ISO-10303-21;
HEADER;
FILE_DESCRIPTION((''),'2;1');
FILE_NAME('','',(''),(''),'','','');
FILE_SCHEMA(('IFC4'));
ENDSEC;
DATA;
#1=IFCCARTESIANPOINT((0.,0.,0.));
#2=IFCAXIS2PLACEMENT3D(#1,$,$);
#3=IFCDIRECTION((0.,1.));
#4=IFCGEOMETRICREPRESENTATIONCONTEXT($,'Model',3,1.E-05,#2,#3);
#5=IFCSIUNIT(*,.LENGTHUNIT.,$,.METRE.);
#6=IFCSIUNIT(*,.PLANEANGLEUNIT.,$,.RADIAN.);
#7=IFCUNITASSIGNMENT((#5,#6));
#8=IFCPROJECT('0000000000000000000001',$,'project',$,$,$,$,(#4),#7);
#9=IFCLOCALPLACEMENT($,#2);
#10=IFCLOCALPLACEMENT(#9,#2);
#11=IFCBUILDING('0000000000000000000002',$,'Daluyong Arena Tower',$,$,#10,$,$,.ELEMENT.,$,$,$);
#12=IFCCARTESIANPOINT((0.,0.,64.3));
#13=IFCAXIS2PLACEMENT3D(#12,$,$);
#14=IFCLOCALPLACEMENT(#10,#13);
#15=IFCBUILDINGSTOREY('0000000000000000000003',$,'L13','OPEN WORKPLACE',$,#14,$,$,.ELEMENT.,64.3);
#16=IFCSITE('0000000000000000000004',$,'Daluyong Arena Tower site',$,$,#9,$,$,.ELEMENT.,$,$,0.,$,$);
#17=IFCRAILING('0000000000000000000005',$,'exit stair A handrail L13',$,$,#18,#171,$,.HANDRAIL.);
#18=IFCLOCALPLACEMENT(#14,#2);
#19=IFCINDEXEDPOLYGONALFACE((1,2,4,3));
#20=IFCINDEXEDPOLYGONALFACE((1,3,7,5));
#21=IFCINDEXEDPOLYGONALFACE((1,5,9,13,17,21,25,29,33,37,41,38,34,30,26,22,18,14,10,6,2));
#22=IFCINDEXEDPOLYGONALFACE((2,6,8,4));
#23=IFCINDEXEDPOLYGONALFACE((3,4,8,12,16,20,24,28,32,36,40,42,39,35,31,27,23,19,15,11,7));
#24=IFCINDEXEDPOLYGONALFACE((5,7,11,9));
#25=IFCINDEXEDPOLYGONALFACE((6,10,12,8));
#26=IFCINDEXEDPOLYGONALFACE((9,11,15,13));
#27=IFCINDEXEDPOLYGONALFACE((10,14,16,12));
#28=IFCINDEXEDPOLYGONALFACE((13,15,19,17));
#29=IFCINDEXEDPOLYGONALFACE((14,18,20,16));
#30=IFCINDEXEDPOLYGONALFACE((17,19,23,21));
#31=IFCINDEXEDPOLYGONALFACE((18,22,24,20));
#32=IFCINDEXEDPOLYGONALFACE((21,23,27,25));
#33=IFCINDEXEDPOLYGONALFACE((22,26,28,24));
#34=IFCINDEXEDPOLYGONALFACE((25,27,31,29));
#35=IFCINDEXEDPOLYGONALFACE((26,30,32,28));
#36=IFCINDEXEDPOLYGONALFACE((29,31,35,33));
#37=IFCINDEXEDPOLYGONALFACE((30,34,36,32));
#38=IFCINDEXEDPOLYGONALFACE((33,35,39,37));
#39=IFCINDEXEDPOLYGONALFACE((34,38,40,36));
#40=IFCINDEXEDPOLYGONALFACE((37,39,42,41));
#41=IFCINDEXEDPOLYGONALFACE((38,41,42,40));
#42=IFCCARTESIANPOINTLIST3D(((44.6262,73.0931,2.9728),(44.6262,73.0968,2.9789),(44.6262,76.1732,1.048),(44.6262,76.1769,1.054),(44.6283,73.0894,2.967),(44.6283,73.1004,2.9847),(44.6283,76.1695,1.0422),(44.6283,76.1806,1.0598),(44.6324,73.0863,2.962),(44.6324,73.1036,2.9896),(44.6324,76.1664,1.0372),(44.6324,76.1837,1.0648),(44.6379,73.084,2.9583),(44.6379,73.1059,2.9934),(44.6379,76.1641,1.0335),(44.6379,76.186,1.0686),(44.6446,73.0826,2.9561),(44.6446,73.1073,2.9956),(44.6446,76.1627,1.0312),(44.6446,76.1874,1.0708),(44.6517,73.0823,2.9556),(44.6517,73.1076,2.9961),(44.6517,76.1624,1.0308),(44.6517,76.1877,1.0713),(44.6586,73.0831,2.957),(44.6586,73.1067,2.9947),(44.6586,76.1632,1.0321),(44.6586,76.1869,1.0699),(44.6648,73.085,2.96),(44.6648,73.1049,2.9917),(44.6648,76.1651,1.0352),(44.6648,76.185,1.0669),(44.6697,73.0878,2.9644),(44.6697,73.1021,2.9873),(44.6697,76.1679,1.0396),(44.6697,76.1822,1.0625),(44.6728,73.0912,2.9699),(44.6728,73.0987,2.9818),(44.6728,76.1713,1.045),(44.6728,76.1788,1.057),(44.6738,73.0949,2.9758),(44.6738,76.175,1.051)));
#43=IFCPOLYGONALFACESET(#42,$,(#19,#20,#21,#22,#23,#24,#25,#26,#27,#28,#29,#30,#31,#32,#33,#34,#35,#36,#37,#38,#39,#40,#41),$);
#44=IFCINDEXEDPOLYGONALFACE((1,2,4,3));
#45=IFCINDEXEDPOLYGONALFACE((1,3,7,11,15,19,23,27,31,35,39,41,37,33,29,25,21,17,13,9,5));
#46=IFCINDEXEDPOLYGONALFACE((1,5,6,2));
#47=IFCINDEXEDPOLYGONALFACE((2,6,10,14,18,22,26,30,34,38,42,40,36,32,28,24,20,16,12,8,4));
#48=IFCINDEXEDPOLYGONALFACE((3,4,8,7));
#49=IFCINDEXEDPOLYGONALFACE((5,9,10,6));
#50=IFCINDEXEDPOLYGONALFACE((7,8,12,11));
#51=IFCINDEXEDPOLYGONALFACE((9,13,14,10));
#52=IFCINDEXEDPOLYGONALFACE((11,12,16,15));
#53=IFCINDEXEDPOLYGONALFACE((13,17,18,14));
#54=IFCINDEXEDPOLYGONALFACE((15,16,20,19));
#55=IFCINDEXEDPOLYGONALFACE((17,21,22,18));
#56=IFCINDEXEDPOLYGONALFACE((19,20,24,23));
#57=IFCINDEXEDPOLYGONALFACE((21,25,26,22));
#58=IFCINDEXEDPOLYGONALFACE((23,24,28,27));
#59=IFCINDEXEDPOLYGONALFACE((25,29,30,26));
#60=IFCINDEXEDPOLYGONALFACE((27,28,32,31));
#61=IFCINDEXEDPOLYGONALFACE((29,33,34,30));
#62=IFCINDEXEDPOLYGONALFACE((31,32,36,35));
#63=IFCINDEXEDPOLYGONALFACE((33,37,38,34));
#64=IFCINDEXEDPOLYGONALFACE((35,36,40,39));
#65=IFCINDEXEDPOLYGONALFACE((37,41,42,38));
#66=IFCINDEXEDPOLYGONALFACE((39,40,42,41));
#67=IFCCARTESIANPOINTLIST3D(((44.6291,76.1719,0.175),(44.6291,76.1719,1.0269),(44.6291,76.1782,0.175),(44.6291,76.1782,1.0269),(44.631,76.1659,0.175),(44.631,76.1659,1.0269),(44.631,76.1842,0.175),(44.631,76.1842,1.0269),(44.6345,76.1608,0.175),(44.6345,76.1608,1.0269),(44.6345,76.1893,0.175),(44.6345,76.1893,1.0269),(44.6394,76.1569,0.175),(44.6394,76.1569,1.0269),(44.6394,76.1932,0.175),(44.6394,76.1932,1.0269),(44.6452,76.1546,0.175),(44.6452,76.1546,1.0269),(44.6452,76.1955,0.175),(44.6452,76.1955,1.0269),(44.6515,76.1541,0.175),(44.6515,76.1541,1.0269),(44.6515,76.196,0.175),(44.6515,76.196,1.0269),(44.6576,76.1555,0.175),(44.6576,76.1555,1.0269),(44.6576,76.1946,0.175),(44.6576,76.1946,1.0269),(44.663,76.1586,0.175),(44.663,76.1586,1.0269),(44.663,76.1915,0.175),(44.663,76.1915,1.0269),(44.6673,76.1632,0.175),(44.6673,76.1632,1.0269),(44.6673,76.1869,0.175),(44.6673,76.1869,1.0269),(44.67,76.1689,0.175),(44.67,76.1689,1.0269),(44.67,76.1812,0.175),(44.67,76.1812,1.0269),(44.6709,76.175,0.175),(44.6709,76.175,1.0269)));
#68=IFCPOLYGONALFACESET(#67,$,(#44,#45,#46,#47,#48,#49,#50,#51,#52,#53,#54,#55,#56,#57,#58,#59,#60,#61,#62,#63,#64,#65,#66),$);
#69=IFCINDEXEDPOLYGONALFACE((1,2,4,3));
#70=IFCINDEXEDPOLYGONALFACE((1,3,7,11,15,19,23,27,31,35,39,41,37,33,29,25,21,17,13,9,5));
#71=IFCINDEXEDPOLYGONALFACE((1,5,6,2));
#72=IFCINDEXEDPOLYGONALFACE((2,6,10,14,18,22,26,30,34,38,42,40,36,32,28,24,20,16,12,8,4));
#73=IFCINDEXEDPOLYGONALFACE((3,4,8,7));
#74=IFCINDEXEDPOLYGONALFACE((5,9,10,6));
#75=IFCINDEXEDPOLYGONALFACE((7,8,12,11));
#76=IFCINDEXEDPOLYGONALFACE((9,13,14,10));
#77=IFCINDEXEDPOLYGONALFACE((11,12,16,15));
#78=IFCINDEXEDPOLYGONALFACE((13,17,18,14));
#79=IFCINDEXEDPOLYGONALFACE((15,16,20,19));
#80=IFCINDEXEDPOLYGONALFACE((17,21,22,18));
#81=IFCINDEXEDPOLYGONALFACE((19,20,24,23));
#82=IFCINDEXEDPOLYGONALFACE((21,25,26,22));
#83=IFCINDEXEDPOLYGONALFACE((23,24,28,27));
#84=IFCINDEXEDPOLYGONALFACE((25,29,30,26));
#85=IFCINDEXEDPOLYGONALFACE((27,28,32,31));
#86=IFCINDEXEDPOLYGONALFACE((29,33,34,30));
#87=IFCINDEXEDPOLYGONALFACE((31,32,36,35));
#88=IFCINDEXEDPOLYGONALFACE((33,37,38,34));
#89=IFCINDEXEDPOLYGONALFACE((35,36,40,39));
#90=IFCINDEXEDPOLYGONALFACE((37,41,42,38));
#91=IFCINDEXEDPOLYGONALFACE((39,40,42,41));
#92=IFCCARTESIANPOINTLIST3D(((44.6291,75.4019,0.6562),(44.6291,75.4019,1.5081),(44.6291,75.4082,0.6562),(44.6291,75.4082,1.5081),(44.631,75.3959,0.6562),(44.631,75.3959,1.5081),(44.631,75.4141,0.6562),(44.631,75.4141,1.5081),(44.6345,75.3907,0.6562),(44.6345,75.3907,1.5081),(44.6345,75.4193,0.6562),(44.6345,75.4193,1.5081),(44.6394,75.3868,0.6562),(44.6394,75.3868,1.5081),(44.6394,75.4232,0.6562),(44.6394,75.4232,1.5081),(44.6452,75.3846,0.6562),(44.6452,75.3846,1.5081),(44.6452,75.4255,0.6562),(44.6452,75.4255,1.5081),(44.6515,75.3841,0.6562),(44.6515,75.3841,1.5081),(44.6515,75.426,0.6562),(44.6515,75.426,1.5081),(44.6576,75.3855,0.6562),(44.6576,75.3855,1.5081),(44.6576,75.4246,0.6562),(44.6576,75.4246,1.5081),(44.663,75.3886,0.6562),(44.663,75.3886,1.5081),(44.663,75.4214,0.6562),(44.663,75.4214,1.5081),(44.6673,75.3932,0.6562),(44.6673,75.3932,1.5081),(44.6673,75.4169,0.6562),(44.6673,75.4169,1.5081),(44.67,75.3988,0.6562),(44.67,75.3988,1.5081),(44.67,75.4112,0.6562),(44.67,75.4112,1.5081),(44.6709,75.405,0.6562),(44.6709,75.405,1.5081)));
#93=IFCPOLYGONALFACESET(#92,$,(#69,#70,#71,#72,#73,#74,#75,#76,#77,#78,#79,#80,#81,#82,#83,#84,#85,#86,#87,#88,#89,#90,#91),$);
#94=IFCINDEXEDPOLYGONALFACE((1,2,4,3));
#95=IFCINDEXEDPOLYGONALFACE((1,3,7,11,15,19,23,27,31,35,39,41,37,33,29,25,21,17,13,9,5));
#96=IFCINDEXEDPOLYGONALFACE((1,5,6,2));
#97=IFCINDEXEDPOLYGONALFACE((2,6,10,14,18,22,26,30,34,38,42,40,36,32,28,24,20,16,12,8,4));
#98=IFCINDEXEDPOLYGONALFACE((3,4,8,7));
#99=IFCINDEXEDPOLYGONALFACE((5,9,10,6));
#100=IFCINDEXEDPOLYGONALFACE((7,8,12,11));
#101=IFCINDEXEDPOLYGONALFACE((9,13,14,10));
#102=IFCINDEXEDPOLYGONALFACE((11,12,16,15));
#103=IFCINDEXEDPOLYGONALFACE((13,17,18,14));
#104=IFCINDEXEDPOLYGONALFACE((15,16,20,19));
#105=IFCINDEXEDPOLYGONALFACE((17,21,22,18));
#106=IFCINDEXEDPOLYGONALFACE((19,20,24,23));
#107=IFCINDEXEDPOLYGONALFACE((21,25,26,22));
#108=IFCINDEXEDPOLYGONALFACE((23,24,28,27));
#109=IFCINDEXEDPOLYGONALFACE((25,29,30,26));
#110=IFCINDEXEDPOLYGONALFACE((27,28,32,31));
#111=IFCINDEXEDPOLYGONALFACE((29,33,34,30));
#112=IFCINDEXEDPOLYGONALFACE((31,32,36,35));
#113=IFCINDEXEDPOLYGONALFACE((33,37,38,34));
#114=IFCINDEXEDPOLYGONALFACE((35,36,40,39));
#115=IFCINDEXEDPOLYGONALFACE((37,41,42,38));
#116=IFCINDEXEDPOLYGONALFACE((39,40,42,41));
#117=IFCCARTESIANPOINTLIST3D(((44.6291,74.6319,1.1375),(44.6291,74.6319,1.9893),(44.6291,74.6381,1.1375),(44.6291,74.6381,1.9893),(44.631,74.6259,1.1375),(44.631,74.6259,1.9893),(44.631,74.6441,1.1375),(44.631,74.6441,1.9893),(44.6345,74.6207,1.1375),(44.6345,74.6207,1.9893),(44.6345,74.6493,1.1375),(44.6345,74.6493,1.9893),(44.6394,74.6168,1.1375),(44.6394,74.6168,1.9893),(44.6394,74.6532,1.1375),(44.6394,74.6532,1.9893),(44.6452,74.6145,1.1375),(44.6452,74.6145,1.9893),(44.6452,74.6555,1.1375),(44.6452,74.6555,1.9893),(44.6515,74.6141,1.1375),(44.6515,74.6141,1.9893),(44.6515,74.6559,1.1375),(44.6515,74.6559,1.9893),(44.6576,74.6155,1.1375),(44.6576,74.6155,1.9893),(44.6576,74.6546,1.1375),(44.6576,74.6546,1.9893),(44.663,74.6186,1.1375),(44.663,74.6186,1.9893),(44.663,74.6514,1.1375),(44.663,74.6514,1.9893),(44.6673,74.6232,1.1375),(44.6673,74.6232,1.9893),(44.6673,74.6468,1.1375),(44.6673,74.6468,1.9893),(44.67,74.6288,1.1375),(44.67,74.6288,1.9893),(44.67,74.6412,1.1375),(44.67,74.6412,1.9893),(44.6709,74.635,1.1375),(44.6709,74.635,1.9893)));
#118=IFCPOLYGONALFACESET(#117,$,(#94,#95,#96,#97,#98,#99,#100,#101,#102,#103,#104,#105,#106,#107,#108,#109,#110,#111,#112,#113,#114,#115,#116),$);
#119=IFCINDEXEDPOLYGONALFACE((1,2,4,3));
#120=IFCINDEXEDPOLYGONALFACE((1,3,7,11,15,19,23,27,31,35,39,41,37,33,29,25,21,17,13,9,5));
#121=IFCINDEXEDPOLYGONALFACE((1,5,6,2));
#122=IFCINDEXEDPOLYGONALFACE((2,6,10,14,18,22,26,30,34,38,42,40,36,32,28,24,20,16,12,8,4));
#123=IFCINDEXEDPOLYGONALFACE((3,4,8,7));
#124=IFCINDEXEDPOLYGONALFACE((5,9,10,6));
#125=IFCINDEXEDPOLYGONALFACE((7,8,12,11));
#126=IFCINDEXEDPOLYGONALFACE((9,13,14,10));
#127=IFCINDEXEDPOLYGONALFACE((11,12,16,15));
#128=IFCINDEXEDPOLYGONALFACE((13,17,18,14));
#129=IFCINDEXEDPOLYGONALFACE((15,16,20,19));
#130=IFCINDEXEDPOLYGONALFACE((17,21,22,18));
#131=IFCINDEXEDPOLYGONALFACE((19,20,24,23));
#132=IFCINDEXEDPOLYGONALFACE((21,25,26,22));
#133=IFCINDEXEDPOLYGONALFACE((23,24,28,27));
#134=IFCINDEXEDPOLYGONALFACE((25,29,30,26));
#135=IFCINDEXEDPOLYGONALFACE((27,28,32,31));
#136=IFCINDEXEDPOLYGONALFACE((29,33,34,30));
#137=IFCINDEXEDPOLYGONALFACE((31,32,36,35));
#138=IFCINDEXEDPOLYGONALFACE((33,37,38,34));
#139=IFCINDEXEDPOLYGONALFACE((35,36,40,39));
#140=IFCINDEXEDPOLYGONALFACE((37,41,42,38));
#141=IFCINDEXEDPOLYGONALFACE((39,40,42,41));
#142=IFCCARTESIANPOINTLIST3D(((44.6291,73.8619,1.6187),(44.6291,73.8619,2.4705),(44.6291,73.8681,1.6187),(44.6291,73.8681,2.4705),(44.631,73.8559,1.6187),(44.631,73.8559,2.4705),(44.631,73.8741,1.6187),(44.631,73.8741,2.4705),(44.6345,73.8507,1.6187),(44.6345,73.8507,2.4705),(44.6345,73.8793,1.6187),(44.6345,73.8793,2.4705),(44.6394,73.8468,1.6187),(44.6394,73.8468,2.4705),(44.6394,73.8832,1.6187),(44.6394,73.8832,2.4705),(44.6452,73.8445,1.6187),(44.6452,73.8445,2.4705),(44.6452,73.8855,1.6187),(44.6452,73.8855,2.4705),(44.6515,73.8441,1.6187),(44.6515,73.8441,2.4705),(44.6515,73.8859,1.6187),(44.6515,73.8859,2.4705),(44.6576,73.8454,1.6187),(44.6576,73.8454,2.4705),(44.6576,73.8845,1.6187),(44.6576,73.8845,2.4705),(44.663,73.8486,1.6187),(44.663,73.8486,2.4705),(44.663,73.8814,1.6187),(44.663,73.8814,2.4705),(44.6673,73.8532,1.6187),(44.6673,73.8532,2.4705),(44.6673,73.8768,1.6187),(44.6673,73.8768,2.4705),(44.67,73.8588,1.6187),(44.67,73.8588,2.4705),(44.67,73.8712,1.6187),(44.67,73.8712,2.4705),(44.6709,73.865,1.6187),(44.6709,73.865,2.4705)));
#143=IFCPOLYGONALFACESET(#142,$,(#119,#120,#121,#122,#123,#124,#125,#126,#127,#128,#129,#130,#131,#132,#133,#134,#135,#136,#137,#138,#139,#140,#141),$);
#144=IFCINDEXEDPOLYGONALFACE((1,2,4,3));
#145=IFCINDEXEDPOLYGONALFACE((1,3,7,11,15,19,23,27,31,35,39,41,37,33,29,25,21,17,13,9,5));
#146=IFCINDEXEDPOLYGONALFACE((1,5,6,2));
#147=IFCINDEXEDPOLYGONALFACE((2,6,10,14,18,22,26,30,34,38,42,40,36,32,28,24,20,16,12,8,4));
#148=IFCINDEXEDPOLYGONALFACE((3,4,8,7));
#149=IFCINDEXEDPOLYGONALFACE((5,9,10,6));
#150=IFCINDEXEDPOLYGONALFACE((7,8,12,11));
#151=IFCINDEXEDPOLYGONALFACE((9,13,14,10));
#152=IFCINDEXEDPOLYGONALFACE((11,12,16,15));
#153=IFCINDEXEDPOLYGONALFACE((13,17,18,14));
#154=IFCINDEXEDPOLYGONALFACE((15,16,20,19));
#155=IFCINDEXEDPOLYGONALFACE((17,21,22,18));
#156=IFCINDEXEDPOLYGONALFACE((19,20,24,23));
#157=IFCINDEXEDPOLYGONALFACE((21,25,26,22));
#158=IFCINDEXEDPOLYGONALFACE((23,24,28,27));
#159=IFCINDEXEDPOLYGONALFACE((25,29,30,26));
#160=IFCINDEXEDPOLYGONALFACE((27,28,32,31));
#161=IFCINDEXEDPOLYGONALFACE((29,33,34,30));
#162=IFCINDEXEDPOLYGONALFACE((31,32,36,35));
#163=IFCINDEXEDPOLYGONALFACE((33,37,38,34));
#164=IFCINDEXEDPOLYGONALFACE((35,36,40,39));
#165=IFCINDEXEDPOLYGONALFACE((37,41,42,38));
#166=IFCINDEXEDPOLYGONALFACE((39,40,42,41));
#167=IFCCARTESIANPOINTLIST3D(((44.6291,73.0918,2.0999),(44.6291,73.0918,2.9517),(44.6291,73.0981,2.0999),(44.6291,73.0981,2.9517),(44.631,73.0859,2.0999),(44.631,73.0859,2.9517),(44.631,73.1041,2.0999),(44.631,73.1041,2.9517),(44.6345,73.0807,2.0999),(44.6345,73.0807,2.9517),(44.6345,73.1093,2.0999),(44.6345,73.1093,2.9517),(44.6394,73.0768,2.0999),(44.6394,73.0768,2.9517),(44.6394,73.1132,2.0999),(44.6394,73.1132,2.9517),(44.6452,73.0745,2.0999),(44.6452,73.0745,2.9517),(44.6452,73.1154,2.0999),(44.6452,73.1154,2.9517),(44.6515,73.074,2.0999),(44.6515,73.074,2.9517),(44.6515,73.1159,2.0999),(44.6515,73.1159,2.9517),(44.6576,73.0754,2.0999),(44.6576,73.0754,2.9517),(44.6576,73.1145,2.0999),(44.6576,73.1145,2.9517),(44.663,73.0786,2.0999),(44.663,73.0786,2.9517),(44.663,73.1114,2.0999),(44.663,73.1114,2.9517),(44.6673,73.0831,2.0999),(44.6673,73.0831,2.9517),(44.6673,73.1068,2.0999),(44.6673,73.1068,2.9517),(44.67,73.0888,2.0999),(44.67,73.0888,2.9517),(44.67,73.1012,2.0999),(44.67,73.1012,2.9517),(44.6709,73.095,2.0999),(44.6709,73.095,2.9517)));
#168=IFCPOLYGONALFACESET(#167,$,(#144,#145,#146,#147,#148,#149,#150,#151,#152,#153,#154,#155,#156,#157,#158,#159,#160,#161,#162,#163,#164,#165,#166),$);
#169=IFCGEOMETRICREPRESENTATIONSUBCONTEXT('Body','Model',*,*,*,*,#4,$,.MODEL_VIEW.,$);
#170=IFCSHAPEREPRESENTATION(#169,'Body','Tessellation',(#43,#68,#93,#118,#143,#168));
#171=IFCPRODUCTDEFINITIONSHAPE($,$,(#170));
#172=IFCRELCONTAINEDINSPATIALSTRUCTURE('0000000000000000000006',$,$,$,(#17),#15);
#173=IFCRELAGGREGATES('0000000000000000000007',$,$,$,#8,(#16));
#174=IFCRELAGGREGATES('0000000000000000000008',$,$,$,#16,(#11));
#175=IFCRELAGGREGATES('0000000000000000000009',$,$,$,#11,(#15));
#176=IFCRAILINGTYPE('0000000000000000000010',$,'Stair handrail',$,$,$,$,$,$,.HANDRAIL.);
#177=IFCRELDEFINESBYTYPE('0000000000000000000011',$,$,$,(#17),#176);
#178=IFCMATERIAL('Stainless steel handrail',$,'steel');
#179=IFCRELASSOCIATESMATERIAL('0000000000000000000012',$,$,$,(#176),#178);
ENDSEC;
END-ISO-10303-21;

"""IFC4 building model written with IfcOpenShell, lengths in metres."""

from ifc_helpers import new_model, si_unit, direction, frame, origin, origin_2d, place, context, subcontext, project, spatial, circle, extrude, material, type_object, element, save


model = new_model("IFC4")

# Units and contexts
model_context = context("Model", 3, precision=1e-05, world=origin(), true_north=direction((0.0, 1.0)))
body_context = subcontext(model_context, "Body", "Model", "MODEL_VIEW")
ifc_project = project(units=[si_unit("LENGTHUNIT", "METRE"), si_unit("PLANEANGLEUNIT", "RADIAN")], contexts=[model_context])

# Site, building, storey
site_placement = place(None, origin())
site = spatial("IfcSite", under=ifc_project, at=site_placement, Name="Daluyong Arena Tower site", CompositionType="ELEMENT", RefElevation=0.0)
building_placement = place(site_placement, origin())
building = spatial("IfcBuilding", under=site, at=building_placement, Name="Daluyong Arena Tower", CompositionType="ELEMENT")
storey_placement = place(building_placement, frame((0.0, 0.0, 64.3)))
storey = spatial("IfcBuildingStorey", under=building, at=storey_placement, Name="L13", Description="OPEN WORKPLACE", CompositionType="ELEMENT", Elevation=64.3)

# Railing
ifc_material_1 = material(Name="Stainless steel handrail", Category="steel")
railing_type_1 = type_object("IfcRailingType", Name="Stair handrail", PredefinedType="HANDRAIL", material=ifc_material_1)
railing_1_placement = place(storey_placement, frame((44.6499, 76.175, 0.175)))
element("IfcRailing", 1, at=railing_1_placement, inside=storey, type_object=railing_type_1, Name="exit stair A handrail L13", PredefinedType="HANDRAIL", context=body_context, shape_type="SweptSolid", body=[
    extrude(circle(Radius=0.0239, at=origin_2d()), frame((0.0, 0.0, 0.876), z_axis=(0.0, -0.848029, 0.529951), x_axis=(1.0, 0.0, 0.0)), (0.0, 0.0, 1.0), 3.6321),
    extrude(circle(Radius=0.021, at=origin_2d()), origin(), (0.0, 0.0, 1.0), 0.8518),
    extrude(circle(Radius=0.021, at=origin_2d()), frame((0.0, -0.77, 0.4812)), (0.0, 0.0, 1.0), 0.8518),
    extrude(circle(Radius=0.021, at=origin_2d()), frame((0.0, -1.54, 0.9624)), (0.0, 0.0, 1.0), 0.8518),
    extrude(circle(Radius=0.021, at=origin_2d()), frame((0.0, -2.3101, 1.4436)), (0.0, 0.0, 1.0), 0.8518),
    extrude(circle(Radius=0.021, at=origin_2d()), frame((0.0, -3.0801, 1.9248)), (0.0, 0.0, 1.0), 0.8518),
])

save(model, "model.ifc")
